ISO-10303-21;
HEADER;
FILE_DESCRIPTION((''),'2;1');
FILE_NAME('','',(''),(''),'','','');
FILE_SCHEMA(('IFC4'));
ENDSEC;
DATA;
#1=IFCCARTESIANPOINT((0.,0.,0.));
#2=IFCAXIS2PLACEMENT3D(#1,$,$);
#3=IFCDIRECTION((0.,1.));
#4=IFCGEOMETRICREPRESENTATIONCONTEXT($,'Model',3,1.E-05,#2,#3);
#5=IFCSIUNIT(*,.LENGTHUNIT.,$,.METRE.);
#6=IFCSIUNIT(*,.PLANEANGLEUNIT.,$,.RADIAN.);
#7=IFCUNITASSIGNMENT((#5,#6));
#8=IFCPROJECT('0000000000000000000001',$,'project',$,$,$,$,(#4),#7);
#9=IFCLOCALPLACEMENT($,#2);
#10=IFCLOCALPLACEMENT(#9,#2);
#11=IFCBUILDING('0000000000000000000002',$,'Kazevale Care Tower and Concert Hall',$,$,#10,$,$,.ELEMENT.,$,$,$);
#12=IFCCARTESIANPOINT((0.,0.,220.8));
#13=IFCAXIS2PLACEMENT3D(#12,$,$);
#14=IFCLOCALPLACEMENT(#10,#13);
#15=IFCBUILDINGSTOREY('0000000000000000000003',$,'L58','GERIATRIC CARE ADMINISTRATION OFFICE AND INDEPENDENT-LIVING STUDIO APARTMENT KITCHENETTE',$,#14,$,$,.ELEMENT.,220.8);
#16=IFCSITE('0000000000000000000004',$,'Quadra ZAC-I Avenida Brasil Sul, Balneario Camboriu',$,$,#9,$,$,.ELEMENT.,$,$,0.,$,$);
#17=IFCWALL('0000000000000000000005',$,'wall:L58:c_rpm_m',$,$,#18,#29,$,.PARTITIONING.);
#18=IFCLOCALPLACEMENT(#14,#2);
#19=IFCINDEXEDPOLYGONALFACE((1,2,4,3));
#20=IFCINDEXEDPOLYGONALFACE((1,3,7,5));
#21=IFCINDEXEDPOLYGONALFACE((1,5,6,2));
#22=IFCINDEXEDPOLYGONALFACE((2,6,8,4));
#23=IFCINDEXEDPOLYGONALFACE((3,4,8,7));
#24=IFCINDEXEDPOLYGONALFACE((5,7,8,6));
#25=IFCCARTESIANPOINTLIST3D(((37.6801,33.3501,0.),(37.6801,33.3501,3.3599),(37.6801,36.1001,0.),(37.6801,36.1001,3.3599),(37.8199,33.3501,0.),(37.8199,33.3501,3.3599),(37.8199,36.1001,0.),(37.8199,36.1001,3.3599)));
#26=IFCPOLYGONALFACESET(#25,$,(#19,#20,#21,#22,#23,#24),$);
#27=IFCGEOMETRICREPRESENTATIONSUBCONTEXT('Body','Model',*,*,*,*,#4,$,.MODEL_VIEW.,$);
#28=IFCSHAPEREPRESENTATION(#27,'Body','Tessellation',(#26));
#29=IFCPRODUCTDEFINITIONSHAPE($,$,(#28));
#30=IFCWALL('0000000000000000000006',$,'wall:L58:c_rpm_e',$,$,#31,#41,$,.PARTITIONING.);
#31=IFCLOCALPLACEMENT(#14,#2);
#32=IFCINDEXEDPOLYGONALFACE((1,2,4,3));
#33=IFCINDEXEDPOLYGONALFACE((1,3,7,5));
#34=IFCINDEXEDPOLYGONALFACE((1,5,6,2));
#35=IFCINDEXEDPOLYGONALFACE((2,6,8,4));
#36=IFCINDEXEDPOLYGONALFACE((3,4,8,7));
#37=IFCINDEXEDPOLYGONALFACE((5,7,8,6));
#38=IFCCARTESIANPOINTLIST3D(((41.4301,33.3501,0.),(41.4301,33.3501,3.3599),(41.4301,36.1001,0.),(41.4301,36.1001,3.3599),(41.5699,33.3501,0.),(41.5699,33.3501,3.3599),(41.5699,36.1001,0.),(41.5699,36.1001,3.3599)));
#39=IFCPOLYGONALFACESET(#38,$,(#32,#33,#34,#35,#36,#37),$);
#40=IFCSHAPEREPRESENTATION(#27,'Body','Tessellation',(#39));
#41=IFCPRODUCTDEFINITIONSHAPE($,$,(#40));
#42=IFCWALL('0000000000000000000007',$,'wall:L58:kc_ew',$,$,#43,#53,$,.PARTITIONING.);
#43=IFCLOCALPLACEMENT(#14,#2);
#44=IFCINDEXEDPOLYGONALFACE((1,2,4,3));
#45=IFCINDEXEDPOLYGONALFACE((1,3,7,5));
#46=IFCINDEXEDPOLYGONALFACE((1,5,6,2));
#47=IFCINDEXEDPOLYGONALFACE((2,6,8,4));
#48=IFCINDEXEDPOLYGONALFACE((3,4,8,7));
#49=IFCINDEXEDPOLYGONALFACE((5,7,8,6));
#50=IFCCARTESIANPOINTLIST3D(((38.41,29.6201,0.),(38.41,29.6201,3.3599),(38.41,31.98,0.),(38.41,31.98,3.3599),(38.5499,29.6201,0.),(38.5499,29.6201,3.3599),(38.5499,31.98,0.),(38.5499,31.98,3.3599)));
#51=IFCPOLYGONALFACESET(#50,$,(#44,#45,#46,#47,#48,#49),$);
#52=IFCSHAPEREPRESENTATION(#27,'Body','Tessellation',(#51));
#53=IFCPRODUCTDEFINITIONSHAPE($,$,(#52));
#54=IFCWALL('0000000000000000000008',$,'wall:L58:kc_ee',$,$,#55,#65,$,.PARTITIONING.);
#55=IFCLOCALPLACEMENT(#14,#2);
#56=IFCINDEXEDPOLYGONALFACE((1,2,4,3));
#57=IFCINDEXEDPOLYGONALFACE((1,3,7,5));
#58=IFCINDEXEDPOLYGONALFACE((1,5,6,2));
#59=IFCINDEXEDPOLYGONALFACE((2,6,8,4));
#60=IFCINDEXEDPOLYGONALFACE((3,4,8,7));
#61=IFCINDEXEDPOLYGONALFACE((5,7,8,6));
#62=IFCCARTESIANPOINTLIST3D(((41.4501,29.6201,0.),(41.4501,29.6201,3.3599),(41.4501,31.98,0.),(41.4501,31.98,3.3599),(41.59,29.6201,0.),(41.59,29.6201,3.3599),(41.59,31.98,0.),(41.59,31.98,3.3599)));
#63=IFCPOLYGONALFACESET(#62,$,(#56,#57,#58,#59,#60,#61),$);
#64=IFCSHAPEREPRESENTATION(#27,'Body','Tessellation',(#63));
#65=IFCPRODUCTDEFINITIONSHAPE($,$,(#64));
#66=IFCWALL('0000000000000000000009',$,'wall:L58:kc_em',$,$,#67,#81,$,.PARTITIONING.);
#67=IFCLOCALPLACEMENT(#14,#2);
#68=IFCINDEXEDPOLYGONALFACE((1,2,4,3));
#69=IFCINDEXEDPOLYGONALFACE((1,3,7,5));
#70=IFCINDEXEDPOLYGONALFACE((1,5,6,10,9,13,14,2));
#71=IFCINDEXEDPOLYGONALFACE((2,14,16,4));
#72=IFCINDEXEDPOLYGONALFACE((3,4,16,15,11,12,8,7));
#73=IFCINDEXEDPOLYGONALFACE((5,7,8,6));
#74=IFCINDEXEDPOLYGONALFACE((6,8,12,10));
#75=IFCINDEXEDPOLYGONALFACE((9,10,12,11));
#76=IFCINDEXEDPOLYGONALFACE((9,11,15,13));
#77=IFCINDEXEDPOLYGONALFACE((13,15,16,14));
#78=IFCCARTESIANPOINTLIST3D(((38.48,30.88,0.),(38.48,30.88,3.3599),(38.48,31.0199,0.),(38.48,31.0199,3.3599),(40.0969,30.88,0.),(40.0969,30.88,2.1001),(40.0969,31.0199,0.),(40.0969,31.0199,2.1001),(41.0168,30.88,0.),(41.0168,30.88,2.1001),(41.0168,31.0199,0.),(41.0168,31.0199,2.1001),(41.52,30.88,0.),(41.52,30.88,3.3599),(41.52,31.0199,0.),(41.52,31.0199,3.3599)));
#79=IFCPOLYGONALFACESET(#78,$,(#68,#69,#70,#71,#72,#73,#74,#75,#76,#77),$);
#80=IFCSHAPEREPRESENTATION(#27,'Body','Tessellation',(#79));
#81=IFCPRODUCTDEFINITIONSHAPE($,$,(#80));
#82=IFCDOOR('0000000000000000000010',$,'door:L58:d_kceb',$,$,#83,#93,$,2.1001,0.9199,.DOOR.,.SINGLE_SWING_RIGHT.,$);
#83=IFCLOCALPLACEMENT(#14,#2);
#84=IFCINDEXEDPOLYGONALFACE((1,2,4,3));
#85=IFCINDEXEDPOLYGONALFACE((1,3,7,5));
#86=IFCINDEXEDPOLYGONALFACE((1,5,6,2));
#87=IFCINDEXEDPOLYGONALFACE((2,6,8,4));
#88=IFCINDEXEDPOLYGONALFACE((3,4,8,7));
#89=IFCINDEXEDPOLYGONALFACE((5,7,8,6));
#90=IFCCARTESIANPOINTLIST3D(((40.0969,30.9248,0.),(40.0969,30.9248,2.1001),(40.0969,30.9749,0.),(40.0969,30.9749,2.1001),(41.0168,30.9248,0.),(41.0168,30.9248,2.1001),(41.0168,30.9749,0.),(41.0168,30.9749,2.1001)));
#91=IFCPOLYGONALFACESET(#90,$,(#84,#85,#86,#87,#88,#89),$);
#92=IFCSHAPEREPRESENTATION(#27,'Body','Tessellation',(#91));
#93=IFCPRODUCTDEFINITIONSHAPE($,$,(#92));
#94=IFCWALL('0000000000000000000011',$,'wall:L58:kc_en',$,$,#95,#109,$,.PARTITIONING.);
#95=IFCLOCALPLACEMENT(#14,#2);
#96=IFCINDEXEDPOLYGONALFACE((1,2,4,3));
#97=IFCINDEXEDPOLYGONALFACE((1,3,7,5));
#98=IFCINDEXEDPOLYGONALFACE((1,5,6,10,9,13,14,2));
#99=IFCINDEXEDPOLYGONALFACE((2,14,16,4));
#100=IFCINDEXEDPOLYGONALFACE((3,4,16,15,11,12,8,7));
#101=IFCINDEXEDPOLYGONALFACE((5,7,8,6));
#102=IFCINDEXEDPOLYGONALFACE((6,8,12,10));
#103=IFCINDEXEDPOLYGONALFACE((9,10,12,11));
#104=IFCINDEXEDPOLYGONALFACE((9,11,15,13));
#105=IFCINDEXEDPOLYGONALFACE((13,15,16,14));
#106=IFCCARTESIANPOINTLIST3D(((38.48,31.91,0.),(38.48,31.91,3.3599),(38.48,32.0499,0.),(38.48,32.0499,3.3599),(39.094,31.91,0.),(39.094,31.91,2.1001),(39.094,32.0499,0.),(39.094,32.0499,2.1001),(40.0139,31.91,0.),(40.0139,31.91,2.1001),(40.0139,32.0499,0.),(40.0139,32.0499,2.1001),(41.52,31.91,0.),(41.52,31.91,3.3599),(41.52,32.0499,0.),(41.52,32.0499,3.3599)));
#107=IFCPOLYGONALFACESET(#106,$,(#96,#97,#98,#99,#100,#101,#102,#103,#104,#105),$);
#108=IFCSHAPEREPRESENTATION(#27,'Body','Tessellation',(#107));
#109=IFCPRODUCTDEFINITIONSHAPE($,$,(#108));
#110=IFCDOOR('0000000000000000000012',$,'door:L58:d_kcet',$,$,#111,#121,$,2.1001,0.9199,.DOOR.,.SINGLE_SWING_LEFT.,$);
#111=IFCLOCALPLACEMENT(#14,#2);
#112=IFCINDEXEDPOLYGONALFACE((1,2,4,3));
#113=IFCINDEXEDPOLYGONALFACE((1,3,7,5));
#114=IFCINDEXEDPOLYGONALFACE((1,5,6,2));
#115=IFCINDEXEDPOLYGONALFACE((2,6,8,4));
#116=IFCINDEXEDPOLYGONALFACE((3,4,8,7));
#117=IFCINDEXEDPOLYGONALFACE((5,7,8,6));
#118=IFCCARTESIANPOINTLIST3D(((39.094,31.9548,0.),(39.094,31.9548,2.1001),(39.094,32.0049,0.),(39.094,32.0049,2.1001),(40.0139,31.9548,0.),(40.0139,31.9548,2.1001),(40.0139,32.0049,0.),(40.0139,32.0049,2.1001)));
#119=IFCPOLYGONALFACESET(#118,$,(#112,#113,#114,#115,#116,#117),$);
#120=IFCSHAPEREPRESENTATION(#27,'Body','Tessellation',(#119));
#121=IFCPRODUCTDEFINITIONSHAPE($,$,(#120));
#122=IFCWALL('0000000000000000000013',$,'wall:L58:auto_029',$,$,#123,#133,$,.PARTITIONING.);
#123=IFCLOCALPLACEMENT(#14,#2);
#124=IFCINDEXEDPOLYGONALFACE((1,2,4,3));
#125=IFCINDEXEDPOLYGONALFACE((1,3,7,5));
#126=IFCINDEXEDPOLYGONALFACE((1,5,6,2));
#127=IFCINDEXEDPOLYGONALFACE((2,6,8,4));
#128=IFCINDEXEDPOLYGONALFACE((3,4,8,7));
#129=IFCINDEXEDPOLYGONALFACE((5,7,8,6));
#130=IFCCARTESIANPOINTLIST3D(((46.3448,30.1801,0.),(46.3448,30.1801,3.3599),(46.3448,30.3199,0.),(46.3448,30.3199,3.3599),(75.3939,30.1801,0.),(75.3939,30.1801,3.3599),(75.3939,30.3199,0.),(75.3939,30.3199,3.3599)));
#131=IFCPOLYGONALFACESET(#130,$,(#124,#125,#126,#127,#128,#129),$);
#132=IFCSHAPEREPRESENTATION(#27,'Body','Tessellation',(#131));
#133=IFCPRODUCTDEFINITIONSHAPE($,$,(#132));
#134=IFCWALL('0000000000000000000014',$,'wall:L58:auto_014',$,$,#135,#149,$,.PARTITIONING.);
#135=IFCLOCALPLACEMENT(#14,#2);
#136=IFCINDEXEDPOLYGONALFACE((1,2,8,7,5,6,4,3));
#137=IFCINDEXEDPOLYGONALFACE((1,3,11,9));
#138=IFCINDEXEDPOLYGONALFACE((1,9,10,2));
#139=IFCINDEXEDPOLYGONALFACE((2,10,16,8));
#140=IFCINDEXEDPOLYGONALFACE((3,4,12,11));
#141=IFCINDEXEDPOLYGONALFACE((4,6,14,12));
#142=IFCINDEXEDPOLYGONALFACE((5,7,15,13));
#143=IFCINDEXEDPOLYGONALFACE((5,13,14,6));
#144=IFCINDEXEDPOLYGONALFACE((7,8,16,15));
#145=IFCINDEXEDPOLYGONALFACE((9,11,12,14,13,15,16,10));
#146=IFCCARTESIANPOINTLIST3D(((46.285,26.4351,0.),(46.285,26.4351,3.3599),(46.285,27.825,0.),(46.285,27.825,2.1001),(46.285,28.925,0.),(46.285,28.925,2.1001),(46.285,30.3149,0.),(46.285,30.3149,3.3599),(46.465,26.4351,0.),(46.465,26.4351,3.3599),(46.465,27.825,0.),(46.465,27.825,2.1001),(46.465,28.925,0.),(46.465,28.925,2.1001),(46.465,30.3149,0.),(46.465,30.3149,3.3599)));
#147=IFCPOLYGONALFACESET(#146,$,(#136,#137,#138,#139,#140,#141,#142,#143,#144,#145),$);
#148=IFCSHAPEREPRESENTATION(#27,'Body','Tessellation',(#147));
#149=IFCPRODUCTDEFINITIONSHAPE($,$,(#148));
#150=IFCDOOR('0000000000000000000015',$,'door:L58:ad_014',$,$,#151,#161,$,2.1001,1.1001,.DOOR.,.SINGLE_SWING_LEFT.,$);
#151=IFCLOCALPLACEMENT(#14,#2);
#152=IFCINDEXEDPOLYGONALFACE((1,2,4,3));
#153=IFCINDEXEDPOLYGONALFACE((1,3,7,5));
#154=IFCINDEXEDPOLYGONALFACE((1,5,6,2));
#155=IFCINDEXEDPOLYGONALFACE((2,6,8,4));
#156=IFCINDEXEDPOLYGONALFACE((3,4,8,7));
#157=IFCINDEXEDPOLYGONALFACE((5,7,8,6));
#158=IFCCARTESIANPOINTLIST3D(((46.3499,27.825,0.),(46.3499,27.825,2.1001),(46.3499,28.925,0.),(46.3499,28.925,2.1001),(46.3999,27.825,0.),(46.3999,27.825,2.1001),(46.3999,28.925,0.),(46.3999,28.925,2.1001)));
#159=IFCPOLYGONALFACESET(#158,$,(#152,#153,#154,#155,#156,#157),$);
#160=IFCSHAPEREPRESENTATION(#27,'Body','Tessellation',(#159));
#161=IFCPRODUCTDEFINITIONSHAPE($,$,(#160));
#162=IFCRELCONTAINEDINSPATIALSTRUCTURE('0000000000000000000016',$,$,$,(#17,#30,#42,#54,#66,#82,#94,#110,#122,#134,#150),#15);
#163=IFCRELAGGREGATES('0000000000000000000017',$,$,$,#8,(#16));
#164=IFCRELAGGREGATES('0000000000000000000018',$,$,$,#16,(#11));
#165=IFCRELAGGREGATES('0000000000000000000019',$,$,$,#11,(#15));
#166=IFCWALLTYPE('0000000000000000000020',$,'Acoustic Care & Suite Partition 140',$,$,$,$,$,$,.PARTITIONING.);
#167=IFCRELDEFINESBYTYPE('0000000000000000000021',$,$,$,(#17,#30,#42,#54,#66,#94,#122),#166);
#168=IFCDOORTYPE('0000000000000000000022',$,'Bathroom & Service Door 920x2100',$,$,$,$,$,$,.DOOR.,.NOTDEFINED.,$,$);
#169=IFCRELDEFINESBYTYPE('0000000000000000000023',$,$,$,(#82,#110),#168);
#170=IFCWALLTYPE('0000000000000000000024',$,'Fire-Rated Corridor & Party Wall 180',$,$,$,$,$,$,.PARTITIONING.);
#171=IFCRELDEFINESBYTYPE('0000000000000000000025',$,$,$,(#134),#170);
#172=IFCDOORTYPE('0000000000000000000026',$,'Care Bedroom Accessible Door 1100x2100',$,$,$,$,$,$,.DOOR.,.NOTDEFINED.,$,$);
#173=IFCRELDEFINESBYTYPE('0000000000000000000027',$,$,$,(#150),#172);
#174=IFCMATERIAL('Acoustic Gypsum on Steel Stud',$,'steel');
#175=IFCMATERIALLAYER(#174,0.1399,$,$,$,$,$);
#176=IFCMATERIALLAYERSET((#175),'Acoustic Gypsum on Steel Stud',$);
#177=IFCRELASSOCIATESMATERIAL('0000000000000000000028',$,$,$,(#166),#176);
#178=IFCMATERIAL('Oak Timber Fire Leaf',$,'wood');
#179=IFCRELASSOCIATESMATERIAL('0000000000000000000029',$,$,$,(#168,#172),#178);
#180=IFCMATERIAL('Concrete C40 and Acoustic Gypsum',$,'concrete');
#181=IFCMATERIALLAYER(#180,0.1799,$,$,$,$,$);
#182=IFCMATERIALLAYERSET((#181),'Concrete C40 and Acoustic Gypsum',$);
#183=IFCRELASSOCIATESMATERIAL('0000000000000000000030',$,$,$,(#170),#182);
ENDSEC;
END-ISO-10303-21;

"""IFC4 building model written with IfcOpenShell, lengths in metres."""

from ifc_helpers import new_model, si_unit, direction, frame, frame_2d, origin, place, context, subcontext, project, spatial, rectangle, extrude, material, layer, layer_set, type_object, element, fill, save


model = new_model("IFC4")

# Units and contexts
model_context = context("Model", 3, precision=1e-05, world=origin(), true_north=direction((0.0, 1.0)))
body_context = subcontext(model_context, "Body", "Model", "MODEL_VIEW")
ifc_project = project(units=[si_unit("LENGTHUNIT", "METRE"), si_unit("PLANEANGLEUNIT", "RADIAN")], contexts=[model_context])

# Site, building, storey
site_placement = place(None, origin())
site = spatial("IfcSite", under=ifc_project, at=site_placement, Name="Quadra ZAC-I Avenida Brasil Sul, Balneario Camboriu", CompositionType="ELEMENT", RefElevation=0.0)
building_placement = place(site_placement, origin())
building = spatial("IfcBuilding", under=site, at=building_placement, Name="Kazevale Care Tower and Concert Hall", CompositionType="ELEMENT")
storey_placement = place(building_placement, frame((0.0, 0.0, 220.8)))
storey = spatial("IfcBuildingStorey", under=building, at=storey_placement, Name="L58", Description="GERIATRIC CARE ADMINISTRATION OFFICE AND INDEPENDENT-LIVING STUDIO APARTMENT KITCHENETTE", CompositionType="ELEMENT", Elevation=220.8)

# Shared definitions
ifc_material_1 = material(Name="Acoustic Gypsum on Steel Stud", Category="steel")
ifc_layer_1 = layer(ifc_material_1, 0.1399)
ifc_layer_set_1 = layer_set([ifc_layer_1], Name="Acoustic Gypsum on Steel Stud")
wall_type_1 = type_object("IfcWallType", Name="Acoustic Care & Suite Partition 140", PredefinedType="PARTITIONING", material=ifc_layer_set_1)
ifc_material_2 = material(Name="Oak Timber Fire Leaf", Category="wood")
door_type_1 = type_object("IfcDoorType", Name="Bathroom & Service Door 920x2100", OperationType="NOTDEFINED", PredefinedType="DOOR", material=ifc_material_2)

# Walls
for number, where, z_axis, x_axis, name in (
    (1, (37.75, 33.3501, 0.0), (0.0, 0.0, 1.0), (0.0, 1.0, 0.0), "wall:L58:c_rpm_m"),
    (2, (41.5, 33.3501, 0.0), (0.0, 0.0, 1.0), (0.0, 1.0, 0.0), "wall:L58:c_rpm_e"),
):
    element("IfcWall", number, at=place(storey_placement, frame(where, z_axis=z_axis, x_axis=x_axis)), inside=storey, type_object=wall_type_1, Name=name, PredefinedType="PARTITIONING", context=body_context, shape_type="SweptSolid", body=[
        extrude(rectangle(XDim=2.75, YDim=0.1399, at=frame_2d((1.375, 0.0))), origin(), (0.0, 0.0, 1.0), 3.3599),
    ])
for number, where, z_axis, x_axis, name in (
    (3, (38.48, 29.6201, 0.0), (0.0, 0.0, 1.0), (0.0, 1.0, 0.0), "wall:L58:kc_ew"),
    (4, (41.52, 29.6201, 0.0), (0.0, 0.0, 1.0), (0.0, 1.0, 0.0), "wall:L58:kc_ee"),
):
    element("IfcWall", number, at=place(storey_placement, frame(where, z_axis=z_axis, x_axis=x_axis)), inside=storey, type_object=wall_type_1, Name=name, PredefinedType="PARTITIONING", context=body_context, shape_type="SweptSolid", body=[
        extrude(rectangle(XDim=2.3599, YDim=0.1399, at=frame_2d((1.1799, 0.0))), origin(), (0.0, 0.0, 1.0), 3.3599),
    ])

# Walls, openings, doors
wall_1_placement = place(storey_placement, frame((38.48, 30.95, 0.0), z_axis=(0.0, 0.0, 1.0), x_axis=(1.0, 0.0, 0.0)))
wall_1 = element("IfcWall", 5, at=wall_1_placement, inside=storey, type_object=wall_type_1, Name="wall:L58:kc_em", PredefinedType="PARTITIONING", context=body_context, shape_type="SweptSolid", body=[
    extrude(rectangle(XDim=3.04, YDim=0.1399, at=frame_2d((1.52, 0.0))), origin(), (0.0, 0.0, 1.0), 3.3599),
])
opening_1_placement = place(wall_1_placement, frame((1.6169, 0.0, 0.0)))
opening_1 = element("IfcOpeningElement", 6, at=opening_1_placement, cuts=wall_1, PredefinedType="OPENING", context=body_context, shape_type="SweptSolid", body=[
    extrude(rectangle(XDim=0.9199, YDim=2.1001, at=frame_2d((0.46, 1.05))), frame((0.0, 0.0798, 0.0), z_axis=(0.0, -1.0, 0.0), x_axis=(1.0, 0.0, 0.0)), (0.0, 0.0, 1.0), 0.1599),
])
door_1_placement = place(opening_1_placement, origin())
door_1 = element("IfcDoor", 7, at=door_1_placement, inside=storey, type_object=door_type_1, Name="door:L58:d_kceb", OperationType="SINGLE_SWING_RIGHT", OverallHeight=2.1001, OverallWidth=0.9199, PredefinedType="DOOR", context=body_context, shape_type="SweptSolid", body=[
    extrude(rectangle(XDim=0.9199, YDim=2.1001, at=frame_2d((0.46, 1.05))), frame((0.0, 0.0249, 0.0), z_axis=(0.0, -1.0, 0.0), x_axis=(1.0, 0.0, 0.0)), (0.0, 0.0, 1.0), 0.05),
])
fill(opening_1, door_1)
wall_2_placement = place(storey_placement, frame((38.48, 31.98, 0.0), z_axis=(0.0, 0.0, 1.0), x_axis=(1.0, 0.0, 0.0)))
wall_2 = element("IfcWall", 8, at=wall_2_placement, inside=storey, type_object=wall_type_1, Name="wall:L58:kc_en", PredefinedType="PARTITIONING", context=body_context, shape_type="SweptSolid", body=[
    extrude(rectangle(XDim=3.04, YDim=0.1399, at=frame_2d((1.52, 0.0))), origin(), (0.0, 0.0, 1.0), 3.3599),
])
opening_2_placement = place(wall_2_placement, frame((0.614, 0.0, 0.0)))
opening_2 = element("IfcOpeningElement", 9, at=opening_2_placement, cuts=wall_2, PredefinedType="OPENING", context=body_context, shape_type="SweptSolid", body=[
    extrude(rectangle(XDim=0.9199, YDim=2.1001, at=frame_2d((0.46, 1.05))), frame((0.0, 0.0798, 0.0), z_axis=(0.0, -1.0, 0.0), x_axis=(1.0, 0.0, 0.0)), (0.0, 0.0, 1.0), 0.1599),
])
door_2_placement = place(opening_2_placement, origin())
door_2 = element("IfcDoor", 10, at=door_2_placement, inside=storey, type_object=door_type_1, Name="door:L58:d_kcet", OperationType="SINGLE_SWING_LEFT", OverallHeight=2.1001, OverallWidth=0.9199, PredefinedType="DOOR", context=body_context, shape_type="SweptSolid", body=[
    extrude(rectangle(XDim=0.9199, YDim=2.1001, at=frame_2d((0.46, 1.05))), frame((0.0, 0.0249, 0.0), z_axis=(0.0, -1.0, 0.0), x_axis=(1.0, 0.0, 0.0)), (0.0, 0.0, 1.0), 0.05),
])
fill(opening_2, door_2)

# Wall
wall_3_placement = place(storey_placement, frame((46.345, 30.25, 0.0), z_axis=(0.0, 0.0, 1.0), x_axis=(1.0, 0.0, 0.0)))
element("IfcWall", 11, at=wall_3_placement, inside=storey, type_object=wall_type_1, Name="wall:L58:auto_029", PredefinedType="PARTITIONING", context=body_context, shape_type="SweptSolid", body=[
    extrude(rectangle(XDim=29.0491, YDim=0.1399, at=frame_2d((14.5244, 0.0))), origin(), (0.0, 0.0, 1.0), 3.3599),
])

# Wall, opening, door
ifc_material_3 = material(Name="Concrete C40 and Acoustic Gypsum", Category="concrete")
ifc_layer_2 = layer(ifc_material_3, 0.1799)
ifc_layer_set_2 = layer_set([ifc_layer_2], Name="Concrete C40 and Acoustic Gypsum")
wall_type_2 = type_object("IfcWallType", Name="Fire-Rated Corridor & Party Wall 180", PredefinedType="PARTITIONING", material=ifc_layer_set_2)
wall_4_placement = place(storey_placement, frame((46.375, 30.3149, 0.0), z_axis=(0.0, 0.0, 1.0), x_axis=(0.0, -1.0, 0.0)))
wall_4 = element("IfcWall", 12, at=wall_4_placement, inside=storey, type_object=wall_type_2, Name="wall:L58:auto_014", PredefinedType="PARTITIONING", context=body_context, shape_type="SweptSolid", body=[
    extrude(rectangle(XDim=3.8799, YDim=0.1799, at=frame_2d((1.9399, 0.0))), origin(), (0.0, 0.0, 1.0), 3.3599),
])
opening_3_placement = place(wall_4_placement, frame((1.3899, 0.0, 0.0)))
opening_3 = element("IfcOpeningElement", 13, at=opening_3_placement, cuts=wall_4, PredefinedType="OPENING", context=body_context, shape_type="SweptSolid", body=[
    extrude(rectangle(XDim=1.1001, YDim=2.1001, at=frame_2d((0.55, 1.05))), frame((0.0, 0.0999, 0.0), z_axis=(0.0, -1.0, 0.0), x_axis=(1.0, 0.0, 0.0)), (0.0, 0.0, 1.0), 0.2),
])
door_type_2 = type_object("IfcDoorType", Name="Care Bedroom Accessible Door 1100x2100", OperationType="NOTDEFINED", PredefinedType="DOOR", material=ifc_material_2)
door_3_placement = place(opening_3_placement, origin())
door_3 = element("IfcDoor", 14, at=door_3_placement, inside=storey, type_object=door_type_2, Name="door:L58:ad_014", OperationType="SINGLE_SWING_LEFT", OverallHeight=2.1001, OverallWidth=1.1001, PredefinedType="DOOR", context=body_context, shape_type="SweptSolid", body=[
    extrude(rectangle(XDim=1.1001, YDim=2.1001, at=frame_2d((0.55, 1.05))), frame((0.0, 0.0249, 0.0), z_axis=(0.0, -1.0, 0.0), x_axis=(1.0, 0.0, 0.0)), (0.0, 0.0, 1.0), 0.05),
])
fill(opening_3, door_3)

save(model, "model.ifc")
